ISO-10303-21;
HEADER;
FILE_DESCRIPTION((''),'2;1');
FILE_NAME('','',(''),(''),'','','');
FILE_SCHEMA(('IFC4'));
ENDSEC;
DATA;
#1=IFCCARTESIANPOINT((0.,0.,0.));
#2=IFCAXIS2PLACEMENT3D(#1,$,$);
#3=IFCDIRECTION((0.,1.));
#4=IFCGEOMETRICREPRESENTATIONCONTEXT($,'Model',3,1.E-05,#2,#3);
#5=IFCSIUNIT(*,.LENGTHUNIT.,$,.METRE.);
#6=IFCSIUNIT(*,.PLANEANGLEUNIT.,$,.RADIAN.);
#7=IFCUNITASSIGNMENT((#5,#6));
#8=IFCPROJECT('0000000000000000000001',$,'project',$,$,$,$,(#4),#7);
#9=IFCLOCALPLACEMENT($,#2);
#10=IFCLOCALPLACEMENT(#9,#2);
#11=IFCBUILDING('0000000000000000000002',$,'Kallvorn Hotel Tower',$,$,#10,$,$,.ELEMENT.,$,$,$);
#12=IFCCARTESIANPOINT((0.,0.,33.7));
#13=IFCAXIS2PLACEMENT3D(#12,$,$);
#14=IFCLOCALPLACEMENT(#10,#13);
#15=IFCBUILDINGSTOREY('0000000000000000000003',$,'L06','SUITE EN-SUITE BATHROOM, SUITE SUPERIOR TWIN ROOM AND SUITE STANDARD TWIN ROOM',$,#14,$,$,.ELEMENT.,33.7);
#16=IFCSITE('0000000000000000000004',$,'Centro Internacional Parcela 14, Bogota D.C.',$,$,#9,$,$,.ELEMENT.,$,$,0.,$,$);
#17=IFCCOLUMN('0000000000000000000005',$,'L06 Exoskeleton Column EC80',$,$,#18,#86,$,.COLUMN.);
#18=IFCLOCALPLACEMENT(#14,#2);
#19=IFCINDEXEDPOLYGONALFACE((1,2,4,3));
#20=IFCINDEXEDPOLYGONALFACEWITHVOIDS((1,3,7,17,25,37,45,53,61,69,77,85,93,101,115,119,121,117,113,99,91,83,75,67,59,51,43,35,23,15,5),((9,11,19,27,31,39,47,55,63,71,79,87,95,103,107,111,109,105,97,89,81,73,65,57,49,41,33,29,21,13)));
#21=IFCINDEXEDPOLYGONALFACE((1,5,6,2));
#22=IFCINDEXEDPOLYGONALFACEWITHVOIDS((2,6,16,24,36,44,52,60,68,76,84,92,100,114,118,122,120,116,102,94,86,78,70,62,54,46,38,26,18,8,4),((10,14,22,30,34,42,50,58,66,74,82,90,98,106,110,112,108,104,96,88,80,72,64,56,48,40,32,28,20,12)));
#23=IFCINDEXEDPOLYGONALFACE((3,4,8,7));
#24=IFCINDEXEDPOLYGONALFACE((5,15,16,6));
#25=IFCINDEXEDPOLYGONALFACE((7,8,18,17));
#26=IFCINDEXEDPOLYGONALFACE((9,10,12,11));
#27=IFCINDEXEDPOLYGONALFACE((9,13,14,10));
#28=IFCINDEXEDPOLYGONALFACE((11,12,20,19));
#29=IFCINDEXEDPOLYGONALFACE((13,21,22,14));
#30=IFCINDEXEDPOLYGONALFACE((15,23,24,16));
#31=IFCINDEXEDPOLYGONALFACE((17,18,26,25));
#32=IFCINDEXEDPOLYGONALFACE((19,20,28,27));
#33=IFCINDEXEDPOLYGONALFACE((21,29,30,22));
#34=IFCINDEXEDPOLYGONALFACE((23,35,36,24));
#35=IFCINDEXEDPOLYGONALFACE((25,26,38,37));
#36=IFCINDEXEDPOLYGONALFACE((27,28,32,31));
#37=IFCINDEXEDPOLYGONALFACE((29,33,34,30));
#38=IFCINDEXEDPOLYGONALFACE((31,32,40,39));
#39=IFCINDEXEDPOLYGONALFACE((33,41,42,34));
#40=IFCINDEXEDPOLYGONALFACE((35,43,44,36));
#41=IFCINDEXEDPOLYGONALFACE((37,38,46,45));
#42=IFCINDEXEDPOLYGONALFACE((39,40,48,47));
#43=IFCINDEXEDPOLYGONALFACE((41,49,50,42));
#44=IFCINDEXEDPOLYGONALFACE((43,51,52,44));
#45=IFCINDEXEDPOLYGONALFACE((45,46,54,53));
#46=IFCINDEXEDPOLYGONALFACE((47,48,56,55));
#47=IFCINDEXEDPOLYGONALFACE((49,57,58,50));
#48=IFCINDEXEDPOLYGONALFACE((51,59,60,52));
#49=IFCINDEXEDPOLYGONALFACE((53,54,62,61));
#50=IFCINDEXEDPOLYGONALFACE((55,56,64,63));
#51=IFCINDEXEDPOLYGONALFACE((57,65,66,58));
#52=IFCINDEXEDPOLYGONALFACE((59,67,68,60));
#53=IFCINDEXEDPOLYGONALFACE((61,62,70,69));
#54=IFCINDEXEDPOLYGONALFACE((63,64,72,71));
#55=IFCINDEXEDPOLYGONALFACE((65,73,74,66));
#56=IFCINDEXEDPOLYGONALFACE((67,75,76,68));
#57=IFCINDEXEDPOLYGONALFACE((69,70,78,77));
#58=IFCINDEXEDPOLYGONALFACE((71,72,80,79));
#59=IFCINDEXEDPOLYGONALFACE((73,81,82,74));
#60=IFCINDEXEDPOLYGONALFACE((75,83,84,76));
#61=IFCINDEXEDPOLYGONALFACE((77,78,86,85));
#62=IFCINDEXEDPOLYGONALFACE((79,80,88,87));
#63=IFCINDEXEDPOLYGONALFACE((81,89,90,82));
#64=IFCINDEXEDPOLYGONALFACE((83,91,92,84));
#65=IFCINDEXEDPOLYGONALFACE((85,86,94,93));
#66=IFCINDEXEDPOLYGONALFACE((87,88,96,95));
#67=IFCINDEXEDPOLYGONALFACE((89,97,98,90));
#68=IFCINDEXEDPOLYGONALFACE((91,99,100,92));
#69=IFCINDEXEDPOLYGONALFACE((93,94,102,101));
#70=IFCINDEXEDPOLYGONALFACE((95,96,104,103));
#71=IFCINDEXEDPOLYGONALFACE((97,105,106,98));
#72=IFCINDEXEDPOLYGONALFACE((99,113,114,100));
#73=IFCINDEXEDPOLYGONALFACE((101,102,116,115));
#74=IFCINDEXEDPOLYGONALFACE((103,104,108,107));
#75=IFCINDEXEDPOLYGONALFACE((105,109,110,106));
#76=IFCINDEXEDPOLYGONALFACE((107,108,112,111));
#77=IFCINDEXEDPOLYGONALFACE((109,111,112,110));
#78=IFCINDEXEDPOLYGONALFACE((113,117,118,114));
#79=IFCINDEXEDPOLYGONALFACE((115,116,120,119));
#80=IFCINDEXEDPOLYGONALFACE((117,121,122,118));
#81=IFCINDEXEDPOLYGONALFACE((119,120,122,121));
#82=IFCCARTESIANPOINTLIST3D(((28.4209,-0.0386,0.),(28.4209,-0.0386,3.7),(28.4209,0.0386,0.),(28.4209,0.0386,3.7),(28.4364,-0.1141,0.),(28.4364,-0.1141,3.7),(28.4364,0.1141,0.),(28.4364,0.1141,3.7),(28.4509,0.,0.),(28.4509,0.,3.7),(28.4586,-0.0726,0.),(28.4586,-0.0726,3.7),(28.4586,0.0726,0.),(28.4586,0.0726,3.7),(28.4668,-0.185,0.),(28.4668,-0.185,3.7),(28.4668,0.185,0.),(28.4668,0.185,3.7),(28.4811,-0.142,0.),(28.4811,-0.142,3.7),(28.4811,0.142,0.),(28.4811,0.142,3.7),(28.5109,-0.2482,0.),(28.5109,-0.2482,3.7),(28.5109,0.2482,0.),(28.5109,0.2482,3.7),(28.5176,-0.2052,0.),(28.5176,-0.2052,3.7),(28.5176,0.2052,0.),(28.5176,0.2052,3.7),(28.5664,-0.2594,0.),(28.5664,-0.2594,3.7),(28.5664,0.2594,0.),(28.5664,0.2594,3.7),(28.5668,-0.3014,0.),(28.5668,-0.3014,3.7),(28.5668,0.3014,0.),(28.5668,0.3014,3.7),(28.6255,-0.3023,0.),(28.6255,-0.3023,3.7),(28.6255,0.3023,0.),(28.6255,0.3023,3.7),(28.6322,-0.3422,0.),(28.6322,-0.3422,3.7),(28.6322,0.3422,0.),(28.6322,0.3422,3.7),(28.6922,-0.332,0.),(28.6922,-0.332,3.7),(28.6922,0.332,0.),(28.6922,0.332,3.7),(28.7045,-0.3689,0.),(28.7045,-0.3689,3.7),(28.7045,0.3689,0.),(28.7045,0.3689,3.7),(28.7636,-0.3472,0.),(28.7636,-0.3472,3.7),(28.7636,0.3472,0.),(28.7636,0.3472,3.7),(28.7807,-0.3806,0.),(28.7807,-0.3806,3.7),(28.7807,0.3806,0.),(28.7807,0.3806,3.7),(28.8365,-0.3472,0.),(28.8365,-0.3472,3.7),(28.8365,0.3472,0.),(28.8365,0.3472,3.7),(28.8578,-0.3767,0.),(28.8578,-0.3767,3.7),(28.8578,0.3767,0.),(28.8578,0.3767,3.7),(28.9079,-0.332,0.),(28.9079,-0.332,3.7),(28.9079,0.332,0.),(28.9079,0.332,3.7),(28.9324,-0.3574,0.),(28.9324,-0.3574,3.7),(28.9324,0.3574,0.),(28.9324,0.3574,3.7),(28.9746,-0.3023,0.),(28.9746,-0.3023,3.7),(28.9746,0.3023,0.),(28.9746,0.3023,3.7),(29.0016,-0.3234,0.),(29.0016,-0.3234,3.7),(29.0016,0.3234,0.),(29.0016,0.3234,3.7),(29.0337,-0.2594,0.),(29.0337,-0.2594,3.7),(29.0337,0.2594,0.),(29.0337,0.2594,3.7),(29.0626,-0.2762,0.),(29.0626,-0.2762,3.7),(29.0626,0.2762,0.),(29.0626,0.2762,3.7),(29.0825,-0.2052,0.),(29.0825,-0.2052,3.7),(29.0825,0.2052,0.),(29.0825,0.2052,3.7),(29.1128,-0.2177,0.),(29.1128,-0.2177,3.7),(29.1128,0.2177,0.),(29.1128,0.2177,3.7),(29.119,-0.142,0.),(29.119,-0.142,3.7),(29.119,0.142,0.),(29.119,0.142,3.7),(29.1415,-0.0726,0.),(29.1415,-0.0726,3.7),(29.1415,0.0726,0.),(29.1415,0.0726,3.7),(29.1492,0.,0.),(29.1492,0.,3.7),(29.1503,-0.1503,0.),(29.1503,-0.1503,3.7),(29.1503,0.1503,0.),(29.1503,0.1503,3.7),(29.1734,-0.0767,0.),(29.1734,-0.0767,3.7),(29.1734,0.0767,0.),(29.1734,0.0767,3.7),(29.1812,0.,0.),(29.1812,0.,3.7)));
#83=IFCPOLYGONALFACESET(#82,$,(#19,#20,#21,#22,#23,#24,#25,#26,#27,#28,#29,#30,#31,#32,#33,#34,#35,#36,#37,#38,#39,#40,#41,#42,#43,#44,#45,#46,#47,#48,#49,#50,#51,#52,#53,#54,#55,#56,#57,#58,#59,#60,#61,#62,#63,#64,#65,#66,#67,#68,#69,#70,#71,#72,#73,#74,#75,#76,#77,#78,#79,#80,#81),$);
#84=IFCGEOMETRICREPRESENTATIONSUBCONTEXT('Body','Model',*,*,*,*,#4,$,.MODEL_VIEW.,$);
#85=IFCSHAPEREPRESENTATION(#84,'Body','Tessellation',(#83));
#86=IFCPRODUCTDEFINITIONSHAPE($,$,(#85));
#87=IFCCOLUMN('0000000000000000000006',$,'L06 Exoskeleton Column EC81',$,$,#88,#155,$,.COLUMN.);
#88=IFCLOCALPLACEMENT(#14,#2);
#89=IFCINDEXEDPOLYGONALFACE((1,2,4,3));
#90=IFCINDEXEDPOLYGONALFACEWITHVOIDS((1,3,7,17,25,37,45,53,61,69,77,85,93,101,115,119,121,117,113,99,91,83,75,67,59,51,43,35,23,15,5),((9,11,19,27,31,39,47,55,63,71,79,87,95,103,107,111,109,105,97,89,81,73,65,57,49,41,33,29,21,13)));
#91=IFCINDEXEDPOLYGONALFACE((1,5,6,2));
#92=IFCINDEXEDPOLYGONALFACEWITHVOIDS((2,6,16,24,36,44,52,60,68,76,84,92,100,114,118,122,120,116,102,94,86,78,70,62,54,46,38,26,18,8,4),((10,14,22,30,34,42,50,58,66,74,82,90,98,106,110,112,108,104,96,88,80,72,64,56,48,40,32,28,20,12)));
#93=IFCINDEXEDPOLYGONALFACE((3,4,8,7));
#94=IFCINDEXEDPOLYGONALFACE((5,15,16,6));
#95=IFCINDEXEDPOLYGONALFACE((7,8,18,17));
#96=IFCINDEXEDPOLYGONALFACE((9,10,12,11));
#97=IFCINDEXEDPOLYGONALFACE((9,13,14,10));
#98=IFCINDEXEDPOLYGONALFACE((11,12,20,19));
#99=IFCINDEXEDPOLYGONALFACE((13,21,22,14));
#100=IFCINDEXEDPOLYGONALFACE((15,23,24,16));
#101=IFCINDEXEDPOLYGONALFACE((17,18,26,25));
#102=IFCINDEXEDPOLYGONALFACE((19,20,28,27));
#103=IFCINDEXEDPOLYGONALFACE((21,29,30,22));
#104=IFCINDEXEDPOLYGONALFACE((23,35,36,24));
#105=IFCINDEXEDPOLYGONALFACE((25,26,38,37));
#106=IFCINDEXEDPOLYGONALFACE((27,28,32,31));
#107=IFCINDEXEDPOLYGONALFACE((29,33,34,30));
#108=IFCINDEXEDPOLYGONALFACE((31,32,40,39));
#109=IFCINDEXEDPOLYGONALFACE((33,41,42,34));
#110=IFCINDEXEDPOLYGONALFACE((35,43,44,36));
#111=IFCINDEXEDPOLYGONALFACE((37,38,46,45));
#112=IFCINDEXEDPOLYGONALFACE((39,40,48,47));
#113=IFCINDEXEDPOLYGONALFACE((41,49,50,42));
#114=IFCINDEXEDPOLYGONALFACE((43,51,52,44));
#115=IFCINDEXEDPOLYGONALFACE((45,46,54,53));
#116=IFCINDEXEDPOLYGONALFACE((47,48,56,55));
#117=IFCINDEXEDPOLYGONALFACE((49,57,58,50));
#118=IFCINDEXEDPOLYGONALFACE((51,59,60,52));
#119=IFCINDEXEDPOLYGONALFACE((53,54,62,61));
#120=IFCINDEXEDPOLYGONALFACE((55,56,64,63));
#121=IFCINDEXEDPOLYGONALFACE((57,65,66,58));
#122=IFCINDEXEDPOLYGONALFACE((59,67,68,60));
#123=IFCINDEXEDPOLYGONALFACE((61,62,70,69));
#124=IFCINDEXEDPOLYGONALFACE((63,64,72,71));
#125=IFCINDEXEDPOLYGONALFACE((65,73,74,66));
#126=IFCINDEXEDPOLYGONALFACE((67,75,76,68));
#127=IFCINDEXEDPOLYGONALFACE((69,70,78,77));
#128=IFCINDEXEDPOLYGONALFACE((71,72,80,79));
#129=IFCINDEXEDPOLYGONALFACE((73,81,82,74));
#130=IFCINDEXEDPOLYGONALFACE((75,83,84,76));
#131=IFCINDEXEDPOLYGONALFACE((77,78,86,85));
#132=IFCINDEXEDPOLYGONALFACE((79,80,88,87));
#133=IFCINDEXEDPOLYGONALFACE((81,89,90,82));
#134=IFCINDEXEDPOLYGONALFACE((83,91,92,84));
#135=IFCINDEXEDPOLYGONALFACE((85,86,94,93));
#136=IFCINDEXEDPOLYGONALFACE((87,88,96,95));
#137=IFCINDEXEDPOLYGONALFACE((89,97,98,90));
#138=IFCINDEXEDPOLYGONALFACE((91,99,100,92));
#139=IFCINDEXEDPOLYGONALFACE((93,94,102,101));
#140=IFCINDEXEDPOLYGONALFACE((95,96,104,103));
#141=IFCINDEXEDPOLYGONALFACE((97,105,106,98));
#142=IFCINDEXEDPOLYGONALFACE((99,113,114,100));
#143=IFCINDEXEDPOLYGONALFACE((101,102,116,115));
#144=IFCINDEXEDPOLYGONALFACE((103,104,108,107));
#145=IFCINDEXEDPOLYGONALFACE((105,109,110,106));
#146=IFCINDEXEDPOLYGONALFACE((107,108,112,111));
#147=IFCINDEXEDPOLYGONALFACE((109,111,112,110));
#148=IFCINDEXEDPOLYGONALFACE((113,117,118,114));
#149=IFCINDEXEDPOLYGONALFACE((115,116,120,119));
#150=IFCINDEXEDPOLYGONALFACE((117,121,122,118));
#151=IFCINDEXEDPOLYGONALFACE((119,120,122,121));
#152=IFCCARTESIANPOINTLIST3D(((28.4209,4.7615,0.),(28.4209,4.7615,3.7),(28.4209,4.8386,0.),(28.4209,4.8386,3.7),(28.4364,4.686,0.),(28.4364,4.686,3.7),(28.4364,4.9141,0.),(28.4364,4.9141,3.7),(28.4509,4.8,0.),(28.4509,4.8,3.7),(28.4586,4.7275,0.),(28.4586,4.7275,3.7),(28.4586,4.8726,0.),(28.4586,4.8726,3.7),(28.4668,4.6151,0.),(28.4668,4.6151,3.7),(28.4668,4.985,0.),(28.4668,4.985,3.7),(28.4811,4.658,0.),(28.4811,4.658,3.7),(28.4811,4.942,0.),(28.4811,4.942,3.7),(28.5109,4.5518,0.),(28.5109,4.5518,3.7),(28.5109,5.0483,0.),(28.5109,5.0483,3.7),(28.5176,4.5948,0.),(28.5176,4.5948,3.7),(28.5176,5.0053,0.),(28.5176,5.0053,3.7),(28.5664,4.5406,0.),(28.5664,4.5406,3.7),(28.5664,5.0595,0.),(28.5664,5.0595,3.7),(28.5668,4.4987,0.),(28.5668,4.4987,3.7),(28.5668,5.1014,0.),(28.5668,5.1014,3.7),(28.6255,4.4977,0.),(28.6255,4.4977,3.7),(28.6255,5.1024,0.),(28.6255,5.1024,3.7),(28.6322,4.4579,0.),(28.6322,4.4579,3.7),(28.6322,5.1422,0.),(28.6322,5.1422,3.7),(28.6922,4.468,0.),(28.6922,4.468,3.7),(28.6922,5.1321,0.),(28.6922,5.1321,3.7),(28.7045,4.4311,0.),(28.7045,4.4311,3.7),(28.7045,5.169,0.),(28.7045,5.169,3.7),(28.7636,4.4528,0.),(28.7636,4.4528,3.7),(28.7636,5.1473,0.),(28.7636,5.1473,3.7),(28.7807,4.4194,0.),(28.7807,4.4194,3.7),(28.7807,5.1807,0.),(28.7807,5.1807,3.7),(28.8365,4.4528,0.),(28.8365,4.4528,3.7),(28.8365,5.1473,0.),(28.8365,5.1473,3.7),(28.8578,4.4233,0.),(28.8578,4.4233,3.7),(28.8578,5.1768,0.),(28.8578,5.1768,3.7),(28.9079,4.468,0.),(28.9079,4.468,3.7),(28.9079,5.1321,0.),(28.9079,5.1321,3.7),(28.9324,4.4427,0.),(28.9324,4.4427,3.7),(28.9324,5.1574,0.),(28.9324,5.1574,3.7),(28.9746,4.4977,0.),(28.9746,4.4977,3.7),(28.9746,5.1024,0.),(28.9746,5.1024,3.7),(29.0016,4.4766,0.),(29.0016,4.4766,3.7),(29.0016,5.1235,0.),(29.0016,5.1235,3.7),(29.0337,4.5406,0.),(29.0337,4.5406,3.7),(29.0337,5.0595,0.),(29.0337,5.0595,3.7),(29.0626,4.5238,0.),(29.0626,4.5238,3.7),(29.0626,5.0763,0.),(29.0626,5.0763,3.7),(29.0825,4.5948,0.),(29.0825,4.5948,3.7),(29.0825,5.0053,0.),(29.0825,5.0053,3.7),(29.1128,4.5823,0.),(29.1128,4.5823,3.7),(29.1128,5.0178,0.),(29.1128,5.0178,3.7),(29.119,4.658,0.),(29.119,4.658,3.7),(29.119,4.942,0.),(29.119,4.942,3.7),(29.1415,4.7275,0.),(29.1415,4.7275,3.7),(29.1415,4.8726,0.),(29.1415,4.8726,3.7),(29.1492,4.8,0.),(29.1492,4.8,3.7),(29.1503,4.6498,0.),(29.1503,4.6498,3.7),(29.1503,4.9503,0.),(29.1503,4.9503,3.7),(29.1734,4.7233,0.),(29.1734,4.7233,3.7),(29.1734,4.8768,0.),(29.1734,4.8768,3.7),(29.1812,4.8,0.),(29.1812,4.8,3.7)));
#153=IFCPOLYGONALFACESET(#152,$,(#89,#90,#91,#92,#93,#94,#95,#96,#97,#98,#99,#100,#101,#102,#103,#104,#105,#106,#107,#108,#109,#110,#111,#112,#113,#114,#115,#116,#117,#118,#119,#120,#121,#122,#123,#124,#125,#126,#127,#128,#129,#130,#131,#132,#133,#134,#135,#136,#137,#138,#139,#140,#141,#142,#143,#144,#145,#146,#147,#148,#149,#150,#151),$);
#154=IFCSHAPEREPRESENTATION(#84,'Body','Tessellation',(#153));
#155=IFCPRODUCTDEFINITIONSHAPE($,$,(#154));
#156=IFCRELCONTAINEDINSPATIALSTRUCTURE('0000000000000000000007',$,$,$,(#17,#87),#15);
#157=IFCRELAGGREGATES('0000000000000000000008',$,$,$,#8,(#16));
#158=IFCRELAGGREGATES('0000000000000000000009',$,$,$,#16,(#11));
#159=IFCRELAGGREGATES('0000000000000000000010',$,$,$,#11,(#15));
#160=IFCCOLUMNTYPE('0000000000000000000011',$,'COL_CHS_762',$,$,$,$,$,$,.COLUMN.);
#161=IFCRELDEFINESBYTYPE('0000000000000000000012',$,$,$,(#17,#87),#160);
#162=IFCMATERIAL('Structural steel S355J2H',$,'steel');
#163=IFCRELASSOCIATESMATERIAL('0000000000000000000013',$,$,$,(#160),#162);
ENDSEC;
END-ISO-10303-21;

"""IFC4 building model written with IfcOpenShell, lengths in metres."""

from ifc_helpers import new_model, si_unit, direction, frame, origin, origin_2d, place, context, subcontext, project, spatial, hollow_circle, extrude, material, material_profile, profile_set, type_object, element, save


model = new_model("IFC4")

# Units and contexts
model_context = context("Model", 3, precision=1e-05, world=origin(), true_north=direction((0.0, 1.0)))
body_context = subcontext(model_context, "Body", "Model", "MODEL_VIEW")
ifc_project = project(units=[si_unit("LENGTHUNIT", "METRE"), si_unit("PLANEANGLEUNIT", "RADIAN")], contexts=[model_context])

# Site, building, storey
site_placement = place(None, origin())
site = spatial("IfcSite", under=ifc_project, at=site_placement, Name="Centro Internacional Parcela 14, Bogota D.C.", CompositionType="ELEMENT", RefElevation=0.0)
building_placement = place(site_placement, origin())
building = spatial("IfcBuilding", under=site, at=building_placement, Name="Kallvorn Hotel Tower", CompositionType="ELEMENT")
storey_placement = place(building_placement, frame((0.0, 0.0, 33.7)))
storey = spatial("IfcBuildingStorey", under=building, at=storey_placement, Name="L06", Description="SUITE EN-SUITE BATHROOM, SUITE SUPERIOR TWIN ROOM AND SUITE STANDARD TWIN ROOM", CompositionType="ELEMENT", Elevation=33.7)

# Columns
ifc_material_1 = material(Name="Structural steel S355J2H", Category="steel")
ifc_material_profile_1 = material_profile(ifc_material_1, hollow_circle(Radius=0.3811, WallThickness=0.032, at=origin_2d()), Name="CHS 762x32")
ifc_profile_set_1 = profile_set([ifc_material_profile_1], Name="Structural steel S355J2H")
column_type_1 = type_object("IfcColumnType", Name="COL_CHS_762", PredefinedType="COLUMN", material=ifc_profile_set_1)
for number, where, z_axis, x_axis, name in (
    (1, (28.8, 0.0, 0.0), (0.0, 0.0, 1.0), (1.0, 0.0, 0.0), "L06 Exoskeleton Column EC80"),
    (2, (28.8, 4.8, 0.0), (0.0, 0.0, 1.0), (1.0, 0.0, 0.0), "L06 Exoskeleton Column EC81"),
):
    element("IfcColumn", number, at=place(storey_placement, frame(where, z_axis=z_axis, x_axis=x_axis)), inside=storey, type_object=column_type_1, Name=name, PredefinedType="COLUMN", context=body_context, shape_type="SweptSolid", body=[
        extrude(hollow_circle(Radius=0.3811, WallThickness=0.032, at=origin_2d()), origin(), (0.0, 0.0, 1.0), 3.7),
    ])

save(model, "model.ifc")
